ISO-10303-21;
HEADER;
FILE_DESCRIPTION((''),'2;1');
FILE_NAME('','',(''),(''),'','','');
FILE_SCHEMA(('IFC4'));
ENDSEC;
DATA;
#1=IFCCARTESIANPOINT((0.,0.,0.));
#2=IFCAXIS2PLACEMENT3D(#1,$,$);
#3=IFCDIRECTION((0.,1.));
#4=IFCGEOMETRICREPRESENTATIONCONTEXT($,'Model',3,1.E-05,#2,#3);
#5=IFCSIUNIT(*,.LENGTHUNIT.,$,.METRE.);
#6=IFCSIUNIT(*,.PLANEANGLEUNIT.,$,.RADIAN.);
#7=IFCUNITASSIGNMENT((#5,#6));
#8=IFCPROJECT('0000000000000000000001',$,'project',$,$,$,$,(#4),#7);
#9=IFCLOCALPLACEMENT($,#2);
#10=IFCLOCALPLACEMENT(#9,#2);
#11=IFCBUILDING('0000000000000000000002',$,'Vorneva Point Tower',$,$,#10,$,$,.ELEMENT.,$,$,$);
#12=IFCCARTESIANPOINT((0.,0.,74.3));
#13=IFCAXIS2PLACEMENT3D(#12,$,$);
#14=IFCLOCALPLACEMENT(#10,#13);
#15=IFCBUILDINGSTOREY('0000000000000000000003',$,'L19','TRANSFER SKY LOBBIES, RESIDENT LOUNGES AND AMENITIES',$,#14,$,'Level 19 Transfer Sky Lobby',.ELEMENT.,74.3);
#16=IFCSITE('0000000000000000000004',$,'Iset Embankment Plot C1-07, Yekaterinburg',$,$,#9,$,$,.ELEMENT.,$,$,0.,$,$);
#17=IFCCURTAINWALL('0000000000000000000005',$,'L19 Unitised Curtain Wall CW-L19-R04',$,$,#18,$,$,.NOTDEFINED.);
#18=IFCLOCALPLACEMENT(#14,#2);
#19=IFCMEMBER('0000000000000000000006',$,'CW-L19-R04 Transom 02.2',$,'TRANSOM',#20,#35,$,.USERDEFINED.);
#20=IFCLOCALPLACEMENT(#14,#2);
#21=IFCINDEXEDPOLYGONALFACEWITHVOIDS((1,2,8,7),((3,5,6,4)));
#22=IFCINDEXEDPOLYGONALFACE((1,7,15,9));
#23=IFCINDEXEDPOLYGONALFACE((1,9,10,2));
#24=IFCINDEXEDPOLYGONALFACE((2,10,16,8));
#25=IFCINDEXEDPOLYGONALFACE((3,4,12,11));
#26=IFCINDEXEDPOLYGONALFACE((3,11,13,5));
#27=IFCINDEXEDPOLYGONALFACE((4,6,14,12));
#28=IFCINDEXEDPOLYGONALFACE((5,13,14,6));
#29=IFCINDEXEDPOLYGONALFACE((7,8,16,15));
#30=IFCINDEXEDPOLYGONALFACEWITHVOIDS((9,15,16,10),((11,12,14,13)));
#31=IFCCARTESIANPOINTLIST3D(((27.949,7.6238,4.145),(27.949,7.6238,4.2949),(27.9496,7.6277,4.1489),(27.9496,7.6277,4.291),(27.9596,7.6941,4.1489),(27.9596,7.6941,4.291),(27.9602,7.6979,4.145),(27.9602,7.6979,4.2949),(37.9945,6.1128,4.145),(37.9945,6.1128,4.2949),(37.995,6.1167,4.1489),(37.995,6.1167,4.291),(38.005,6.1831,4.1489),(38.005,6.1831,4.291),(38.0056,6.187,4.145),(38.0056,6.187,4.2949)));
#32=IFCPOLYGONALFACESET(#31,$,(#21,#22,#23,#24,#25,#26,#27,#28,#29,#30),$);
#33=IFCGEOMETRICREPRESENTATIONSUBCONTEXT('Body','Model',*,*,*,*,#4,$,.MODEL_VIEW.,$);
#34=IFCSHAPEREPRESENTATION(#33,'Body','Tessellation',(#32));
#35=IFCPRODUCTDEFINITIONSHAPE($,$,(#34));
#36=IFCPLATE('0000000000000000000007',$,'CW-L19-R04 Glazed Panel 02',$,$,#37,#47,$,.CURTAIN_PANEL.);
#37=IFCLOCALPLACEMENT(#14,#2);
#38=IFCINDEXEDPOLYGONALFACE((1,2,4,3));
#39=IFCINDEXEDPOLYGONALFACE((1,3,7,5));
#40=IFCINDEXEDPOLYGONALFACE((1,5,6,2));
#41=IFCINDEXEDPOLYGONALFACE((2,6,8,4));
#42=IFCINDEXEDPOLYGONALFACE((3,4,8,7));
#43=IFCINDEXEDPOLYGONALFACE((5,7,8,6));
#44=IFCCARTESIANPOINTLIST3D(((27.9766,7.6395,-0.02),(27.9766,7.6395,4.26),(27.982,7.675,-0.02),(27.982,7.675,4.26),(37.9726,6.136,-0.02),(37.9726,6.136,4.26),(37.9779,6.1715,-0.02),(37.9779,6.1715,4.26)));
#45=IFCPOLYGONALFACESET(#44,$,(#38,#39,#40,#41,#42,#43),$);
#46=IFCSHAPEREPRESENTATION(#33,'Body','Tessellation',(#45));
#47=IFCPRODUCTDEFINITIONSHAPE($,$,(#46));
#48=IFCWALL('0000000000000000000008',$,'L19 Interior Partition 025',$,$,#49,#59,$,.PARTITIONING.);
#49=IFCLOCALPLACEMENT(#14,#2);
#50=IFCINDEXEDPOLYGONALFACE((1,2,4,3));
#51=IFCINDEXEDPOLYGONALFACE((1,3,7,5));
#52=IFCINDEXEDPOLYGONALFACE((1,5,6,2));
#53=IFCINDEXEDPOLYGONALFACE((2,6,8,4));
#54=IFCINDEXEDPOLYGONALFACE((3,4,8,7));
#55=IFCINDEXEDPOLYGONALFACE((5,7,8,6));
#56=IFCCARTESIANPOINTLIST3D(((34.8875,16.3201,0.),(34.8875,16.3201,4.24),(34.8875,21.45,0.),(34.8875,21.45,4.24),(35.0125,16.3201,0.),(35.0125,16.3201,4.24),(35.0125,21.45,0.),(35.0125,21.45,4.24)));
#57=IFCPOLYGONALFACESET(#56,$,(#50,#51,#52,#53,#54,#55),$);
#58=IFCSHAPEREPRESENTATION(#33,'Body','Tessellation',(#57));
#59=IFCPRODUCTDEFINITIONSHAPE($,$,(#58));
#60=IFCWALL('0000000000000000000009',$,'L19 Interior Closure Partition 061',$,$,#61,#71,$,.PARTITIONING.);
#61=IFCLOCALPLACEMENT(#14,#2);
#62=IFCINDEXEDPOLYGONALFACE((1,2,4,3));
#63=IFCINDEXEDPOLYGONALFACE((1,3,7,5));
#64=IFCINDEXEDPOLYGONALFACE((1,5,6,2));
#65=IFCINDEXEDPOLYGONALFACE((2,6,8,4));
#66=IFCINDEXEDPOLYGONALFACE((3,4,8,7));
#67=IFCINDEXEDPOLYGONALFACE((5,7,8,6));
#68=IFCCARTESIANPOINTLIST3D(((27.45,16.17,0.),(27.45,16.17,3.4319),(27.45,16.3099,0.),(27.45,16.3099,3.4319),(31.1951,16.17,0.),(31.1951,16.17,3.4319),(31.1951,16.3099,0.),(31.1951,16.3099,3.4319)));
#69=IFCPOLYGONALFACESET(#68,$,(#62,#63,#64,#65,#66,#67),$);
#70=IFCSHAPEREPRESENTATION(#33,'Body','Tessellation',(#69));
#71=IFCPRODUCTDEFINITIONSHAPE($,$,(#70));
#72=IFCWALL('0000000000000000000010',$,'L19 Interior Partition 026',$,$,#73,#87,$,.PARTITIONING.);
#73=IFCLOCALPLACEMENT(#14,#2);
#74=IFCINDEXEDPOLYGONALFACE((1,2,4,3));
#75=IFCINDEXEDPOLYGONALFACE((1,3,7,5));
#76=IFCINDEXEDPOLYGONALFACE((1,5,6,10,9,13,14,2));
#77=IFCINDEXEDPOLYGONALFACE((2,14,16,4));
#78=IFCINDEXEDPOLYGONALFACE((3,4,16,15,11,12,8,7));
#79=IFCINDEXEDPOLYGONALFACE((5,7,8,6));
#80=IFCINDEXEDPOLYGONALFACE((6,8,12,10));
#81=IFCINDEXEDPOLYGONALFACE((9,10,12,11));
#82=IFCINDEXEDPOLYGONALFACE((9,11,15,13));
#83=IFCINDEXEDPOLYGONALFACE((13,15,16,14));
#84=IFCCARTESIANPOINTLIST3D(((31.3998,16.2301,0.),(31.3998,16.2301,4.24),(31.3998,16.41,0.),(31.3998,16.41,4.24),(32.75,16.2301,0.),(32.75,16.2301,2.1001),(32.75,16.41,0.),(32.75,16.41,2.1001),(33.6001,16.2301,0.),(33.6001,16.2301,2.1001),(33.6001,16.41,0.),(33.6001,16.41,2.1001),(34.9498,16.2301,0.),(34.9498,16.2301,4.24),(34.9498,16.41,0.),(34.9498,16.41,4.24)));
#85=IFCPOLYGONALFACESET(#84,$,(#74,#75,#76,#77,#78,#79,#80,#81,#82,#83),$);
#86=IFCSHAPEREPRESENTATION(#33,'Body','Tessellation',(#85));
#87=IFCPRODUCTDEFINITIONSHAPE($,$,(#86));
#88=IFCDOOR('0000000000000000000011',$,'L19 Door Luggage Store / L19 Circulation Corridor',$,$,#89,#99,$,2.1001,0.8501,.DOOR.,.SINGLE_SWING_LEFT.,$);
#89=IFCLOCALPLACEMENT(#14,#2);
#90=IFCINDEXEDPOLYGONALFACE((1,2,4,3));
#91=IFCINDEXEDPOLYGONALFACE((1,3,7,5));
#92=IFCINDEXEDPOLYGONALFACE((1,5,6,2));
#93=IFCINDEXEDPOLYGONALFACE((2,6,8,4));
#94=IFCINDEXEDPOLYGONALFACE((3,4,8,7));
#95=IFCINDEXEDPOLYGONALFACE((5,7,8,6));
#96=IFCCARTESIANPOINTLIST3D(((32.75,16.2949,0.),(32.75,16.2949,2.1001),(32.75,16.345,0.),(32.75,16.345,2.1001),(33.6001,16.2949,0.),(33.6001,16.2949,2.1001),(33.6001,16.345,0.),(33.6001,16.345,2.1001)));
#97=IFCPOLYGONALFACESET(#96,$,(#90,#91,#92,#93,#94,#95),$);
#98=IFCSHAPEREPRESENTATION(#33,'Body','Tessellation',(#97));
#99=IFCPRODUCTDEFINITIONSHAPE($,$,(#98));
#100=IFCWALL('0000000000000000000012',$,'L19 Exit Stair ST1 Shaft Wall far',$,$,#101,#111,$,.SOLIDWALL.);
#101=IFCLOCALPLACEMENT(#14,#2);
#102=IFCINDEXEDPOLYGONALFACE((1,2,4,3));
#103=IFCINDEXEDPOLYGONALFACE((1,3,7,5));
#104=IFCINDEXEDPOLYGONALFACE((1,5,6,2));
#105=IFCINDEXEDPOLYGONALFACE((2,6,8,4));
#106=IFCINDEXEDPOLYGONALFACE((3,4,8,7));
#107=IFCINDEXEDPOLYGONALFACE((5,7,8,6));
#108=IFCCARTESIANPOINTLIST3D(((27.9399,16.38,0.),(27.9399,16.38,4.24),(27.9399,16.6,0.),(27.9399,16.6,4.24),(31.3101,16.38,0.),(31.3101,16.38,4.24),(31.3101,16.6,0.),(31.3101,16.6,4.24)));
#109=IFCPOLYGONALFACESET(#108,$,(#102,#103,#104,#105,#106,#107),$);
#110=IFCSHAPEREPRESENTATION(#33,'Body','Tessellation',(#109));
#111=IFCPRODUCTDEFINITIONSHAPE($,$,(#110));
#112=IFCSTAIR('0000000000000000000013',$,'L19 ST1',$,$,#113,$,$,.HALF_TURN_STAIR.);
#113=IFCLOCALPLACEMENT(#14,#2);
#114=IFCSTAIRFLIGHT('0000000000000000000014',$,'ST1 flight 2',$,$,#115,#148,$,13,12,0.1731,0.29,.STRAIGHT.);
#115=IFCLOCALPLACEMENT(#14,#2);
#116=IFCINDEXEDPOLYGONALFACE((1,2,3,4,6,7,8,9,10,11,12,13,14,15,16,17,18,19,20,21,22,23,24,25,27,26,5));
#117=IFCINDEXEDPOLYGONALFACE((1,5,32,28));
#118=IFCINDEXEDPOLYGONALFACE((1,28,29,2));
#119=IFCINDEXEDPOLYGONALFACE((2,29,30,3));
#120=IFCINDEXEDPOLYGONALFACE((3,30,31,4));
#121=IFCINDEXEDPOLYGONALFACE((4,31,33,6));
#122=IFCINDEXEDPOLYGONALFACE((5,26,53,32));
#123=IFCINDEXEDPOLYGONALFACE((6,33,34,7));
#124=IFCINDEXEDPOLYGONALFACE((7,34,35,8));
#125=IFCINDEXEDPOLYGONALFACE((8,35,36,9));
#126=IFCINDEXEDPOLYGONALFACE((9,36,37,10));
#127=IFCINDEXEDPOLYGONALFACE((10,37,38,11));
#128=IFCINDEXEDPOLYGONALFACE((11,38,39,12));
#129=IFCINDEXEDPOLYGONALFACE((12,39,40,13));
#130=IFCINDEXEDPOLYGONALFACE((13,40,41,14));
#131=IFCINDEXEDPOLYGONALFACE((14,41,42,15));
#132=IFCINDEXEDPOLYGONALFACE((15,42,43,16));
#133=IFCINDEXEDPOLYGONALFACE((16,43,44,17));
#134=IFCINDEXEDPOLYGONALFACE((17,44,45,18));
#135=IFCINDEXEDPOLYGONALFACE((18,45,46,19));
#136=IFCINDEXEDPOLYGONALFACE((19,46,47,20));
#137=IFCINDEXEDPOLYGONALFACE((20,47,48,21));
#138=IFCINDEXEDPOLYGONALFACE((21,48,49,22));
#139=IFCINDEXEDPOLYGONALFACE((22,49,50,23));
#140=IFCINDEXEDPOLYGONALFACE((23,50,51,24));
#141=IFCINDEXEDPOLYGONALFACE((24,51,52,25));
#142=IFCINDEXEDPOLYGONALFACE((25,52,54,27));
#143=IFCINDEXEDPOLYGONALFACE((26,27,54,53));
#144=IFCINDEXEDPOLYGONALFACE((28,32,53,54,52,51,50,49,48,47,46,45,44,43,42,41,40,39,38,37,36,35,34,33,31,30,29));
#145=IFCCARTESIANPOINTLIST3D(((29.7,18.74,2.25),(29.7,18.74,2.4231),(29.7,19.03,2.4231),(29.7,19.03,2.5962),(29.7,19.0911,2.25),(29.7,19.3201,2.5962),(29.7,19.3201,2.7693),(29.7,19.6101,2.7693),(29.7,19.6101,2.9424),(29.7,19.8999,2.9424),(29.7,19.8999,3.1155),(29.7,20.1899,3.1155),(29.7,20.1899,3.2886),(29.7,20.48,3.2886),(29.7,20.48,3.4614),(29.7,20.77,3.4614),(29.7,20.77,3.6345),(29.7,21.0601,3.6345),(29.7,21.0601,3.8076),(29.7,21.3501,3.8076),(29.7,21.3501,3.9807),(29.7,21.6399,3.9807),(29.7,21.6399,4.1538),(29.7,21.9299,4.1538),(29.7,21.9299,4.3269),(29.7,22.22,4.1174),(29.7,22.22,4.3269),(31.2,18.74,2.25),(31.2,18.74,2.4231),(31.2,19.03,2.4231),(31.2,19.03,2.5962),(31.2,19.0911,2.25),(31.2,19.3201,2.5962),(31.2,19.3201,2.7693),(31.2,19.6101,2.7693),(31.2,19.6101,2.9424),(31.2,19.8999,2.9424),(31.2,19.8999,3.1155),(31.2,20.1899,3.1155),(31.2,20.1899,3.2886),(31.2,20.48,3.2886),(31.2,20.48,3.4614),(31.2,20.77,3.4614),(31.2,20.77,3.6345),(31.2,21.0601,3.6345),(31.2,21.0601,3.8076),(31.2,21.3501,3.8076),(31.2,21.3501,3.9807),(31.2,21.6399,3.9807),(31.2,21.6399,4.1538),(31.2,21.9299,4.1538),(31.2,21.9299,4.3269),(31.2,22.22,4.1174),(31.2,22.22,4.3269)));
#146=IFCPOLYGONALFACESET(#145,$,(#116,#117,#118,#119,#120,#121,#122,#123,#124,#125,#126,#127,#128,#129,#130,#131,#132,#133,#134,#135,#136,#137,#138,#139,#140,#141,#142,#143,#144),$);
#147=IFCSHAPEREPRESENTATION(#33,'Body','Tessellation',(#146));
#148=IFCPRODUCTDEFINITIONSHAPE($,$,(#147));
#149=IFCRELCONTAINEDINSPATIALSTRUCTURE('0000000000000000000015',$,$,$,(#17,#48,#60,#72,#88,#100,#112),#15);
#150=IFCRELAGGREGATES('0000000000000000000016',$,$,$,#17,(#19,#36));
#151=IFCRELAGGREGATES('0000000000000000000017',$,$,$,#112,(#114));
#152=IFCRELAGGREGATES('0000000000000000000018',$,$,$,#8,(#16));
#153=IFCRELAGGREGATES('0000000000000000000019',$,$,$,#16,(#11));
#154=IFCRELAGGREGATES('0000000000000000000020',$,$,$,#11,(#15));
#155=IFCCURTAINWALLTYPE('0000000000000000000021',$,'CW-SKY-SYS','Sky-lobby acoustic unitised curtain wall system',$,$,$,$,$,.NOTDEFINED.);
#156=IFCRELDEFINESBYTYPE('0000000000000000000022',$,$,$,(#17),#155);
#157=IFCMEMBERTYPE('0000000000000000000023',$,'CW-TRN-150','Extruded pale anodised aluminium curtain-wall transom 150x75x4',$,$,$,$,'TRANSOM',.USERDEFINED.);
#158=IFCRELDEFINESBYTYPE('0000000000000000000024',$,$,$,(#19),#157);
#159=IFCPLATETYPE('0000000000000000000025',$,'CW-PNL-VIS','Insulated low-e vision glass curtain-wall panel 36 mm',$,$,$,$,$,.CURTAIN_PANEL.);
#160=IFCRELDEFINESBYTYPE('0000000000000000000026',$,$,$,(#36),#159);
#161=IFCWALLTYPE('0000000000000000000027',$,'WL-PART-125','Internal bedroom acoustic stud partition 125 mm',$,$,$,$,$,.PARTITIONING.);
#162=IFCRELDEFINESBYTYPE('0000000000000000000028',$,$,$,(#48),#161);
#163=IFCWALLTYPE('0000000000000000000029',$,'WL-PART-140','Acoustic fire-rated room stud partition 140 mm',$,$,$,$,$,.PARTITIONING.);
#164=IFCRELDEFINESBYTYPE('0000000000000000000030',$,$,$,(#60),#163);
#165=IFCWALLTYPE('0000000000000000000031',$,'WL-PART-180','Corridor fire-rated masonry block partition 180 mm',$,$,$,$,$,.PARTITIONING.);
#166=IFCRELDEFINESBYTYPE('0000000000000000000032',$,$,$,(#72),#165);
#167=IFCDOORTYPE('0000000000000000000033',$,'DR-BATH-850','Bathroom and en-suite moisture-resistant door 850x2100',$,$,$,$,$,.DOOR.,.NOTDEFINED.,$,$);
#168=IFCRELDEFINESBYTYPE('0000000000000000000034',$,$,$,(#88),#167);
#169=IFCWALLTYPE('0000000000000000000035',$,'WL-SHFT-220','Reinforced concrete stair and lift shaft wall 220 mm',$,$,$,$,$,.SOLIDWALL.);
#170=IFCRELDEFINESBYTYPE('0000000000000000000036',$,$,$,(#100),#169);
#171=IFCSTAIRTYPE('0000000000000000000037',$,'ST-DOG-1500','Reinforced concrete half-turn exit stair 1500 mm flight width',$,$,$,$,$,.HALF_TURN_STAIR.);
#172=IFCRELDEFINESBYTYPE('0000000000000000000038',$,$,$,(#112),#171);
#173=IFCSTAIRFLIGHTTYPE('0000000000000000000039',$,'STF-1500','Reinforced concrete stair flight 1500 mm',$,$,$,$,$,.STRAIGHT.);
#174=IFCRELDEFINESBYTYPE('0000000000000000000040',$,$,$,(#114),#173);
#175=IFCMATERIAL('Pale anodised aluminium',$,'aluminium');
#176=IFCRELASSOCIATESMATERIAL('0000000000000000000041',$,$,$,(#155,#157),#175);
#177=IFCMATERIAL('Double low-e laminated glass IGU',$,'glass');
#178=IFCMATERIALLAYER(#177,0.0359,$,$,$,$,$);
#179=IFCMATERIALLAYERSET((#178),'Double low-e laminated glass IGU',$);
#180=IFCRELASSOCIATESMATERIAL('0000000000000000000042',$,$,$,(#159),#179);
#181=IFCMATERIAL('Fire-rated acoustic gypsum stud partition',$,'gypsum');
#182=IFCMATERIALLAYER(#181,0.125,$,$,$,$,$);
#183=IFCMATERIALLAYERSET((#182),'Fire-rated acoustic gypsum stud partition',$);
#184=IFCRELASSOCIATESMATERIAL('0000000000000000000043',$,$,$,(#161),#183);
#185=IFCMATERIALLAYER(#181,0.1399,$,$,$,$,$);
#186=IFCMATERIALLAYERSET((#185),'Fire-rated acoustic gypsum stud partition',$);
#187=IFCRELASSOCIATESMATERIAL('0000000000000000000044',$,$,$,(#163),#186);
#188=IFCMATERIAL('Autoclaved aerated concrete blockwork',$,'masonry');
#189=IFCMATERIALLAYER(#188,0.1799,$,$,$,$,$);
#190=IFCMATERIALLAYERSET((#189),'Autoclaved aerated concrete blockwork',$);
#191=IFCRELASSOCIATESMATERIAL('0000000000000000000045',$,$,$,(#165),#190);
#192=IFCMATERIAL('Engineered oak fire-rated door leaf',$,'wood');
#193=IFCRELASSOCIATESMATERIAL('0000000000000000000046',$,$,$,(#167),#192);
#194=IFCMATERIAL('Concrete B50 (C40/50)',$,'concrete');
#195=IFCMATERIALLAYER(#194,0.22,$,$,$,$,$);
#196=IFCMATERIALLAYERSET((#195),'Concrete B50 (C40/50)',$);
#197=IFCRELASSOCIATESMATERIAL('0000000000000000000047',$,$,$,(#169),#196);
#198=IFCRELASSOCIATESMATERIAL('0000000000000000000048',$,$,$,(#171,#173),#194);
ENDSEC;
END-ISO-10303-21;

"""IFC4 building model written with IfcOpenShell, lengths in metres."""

from ifc_helpers import new_model, si_unit, direction, frame, frame_2d, origin, origin_2d, place, context, subcontext, project, spatial, polyline, rectangle, hollow_rectangle, outline, extrude, material, layer, layer_set, material_profile, profile_set, type_object, element, fill, aggregate, save


model = new_model("IFC4")

# Units and contexts
model_context = context("Model", 3, precision=1e-05, world=origin(), true_north=direction((0.0, 1.0)))
body_context = subcontext(model_context, "Body", "Model", "MODEL_VIEW")
ifc_project = project(units=[si_unit("LENGTHUNIT", "METRE"), si_unit("PLANEANGLEUNIT", "RADIAN")], contexts=[model_context])

# Site, building, storey
site_placement = place(None, origin())
site = spatial("IfcSite", under=ifc_project, at=site_placement, Name="Iset Embankment Plot C1-07, Yekaterinburg", CompositionType="ELEMENT", RefElevation=0.0)
building_placement = place(site_placement, origin())
building = spatial("IfcBuilding", under=site, at=building_placement, Name="Vorneva Point Tower", CompositionType="ELEMENT")
storey_placement = place(building_placement, frame((0.0, 0.0, 74.3)))
storey = spatial("IfcBuildingStorey", under=building, at=storey_placement, Name="L19", Description="TRANSFER SKY LOBBIES, RESIDENT LOUNGES AND AMENITIES", LongName="Level 19 Transfer Sky Lobby", CompositionType="ELEMENT", Elevation=74.3)

# Curtain wall, member, plate
ifc_material_1 = material(Name="Pale anodised aluminium", Category="aluminium")
curtain_wall_type = type_object("IfcCurtainWallType", Name="CW-SKY-SYS", Description="Sky-lobby acoustic unitised curtain wall system", PredefinedType="NOTDEFINED", material=ifc_material_1)
curtain_wall_placement = place(storey_placement, origin())
curtain_wall = element("IfcCurtainWall", 1, at=curtain_wall_placement, inside=storey, type_object=curtain_wall_type, Name="L19 Unitised Curtain Wall CW-L19-R04", PredefinedType="NOTDEFINED")
ifc_material_profile_1 = material_profile(ifc_material_1, hollow_rectangle(XDim=0.075, YDim=0.1499, WallThickness=0.0039, at=origin_2d()), Name="AL-TRN 150x75x4")
ifc_profile_set_1 = profile_set([ifc_material_profile_1], Name="Pale anodised aluminium")
member_type_1 = type_object("IfcMemberType", Name="CW-TRN-150", Description="Extruded pale anodised aluminium curtain-wall transom 150x75x4", ElementType="TRANSOM", PredefinedType="USERDEFINED", material=ifc_profile_set_1)
member_1_placement = place(storey_placement, frame((27.9546, 7.6609, 4.22), z_axis=(0.988876, -0.148742, 0.0), x_axis=(0.148742, 0.988876, 0.0)))
member_1 = element("IfcMember", 2, at=member_1_placement, type_object=member_type_1, Name="CW-L19-R04 Transom 02.2", ObjectType="TRANSOM", PredefinedType="USERDEFINED", context=body_context, shape_type="SweptSolid", body=[
    extrude(hollow_rectangle(XDim=0.075, YDim=0.1499, WallThickness=0.0039, at=origin_2d()), origin(), (0.0, 0.0, 1.0), 10.1584),
])
ifc_material_2 = material(Name="Double low-e laminated glass IGU", Category="glass")
ifc_layer_1 = layer(ifc_material_2, 0.0359)
ifc_layer_set_1 = layer_set([ifc_layer_1], Name="Double low-e laminated glass IGU")
plate_type = type_object("IfcPlateType", Name="CW-PNL-VIS", Description="Insulated low-e vision glass curtain-wall panel 36 mm", PredefinedType="CURTAIN_PANEL", material=ifc_layer_set_1)
plate_placement = place(storey_placement, frame((32.9773, 6.9055, -0.02), z_axis=(0.0, 0.0, 1.0), x_axis=(0.988876, -0.148741, 0.0)))
plate = element("IfcPlate", 3, at=plate_placement, type_object=plate_type, Name="CW-L19-R04 Glazed Panel 02", PredefinedType="CURTAIN_PANEL", context=body_context, shape_type="SweptSolid", body=[
    extrude(rectangle(XDim=10.1084, YDim=0.0359, at=origin_2d()), origin(), (0.0, 0.0, 1.0), 4.28),
])
aggregate(curtain_wall, [member_1, plate])

# Walls
ifc_material_3 = material(Name="Fire-rated acoustic gypsum stud partition", Category="gypsum")
ifc_layer_2 = layer(ifc_material_3, 0.125)
ifc_layer_set_2 = layer_set([ifc_layer_2], Name="Fire-rated acoustic gypsum stud partition")
wall_type_1 = type_object("IfcWallType", Name="WL-PART-125", Description="Internal bedroom acoustic stud partition 125 mm", PredefinedType="PARTITIONING", material=ifc_layer_set_2)
wall_1_placement = place(storey_placement, frame((34.95, 16.3201, 0.0), z_axis=(0.0, 0.0, 1.0), x_axis=(0.0, 1.0, 0.0)))
element("IfcWall", 4, at=wall_1_placement, inside=storey, type_object=wall_type_1, Name="L19 Interior Partition 025", PredefinedType="PARTITIONING", context=body_context, shape_type="SweptSolid", body=[
    extrude(rectangle(XDim=5.1299, YDim=0.125, at=frame_2d((2.5649, 0.0))), origin(), (0.0, 0.0, 1.0), 4.24),
])
ifc_layer_3 = layer(ifc_material_3, 0.1399)
ifc_layer_set_3 = layer_set([ifc_layer_3], Name="Fire-rated acoustic gypsum stud partition")
wall_type_2 = type_object("IfcWallType", Name="WL-PART-140", Description="Acoustic fire-rated room stud partition 140 mm", PredefinedType="PARTITIONING", material=ifc_layer_set_3)
wall_2_placement = place(storey_placement, frame((31.1951, 16.24, 0.0), z_axis=(0.0, 0.0, 1.0), x_axis=(-1.0, 0.0, 0.0)))
element("IfcWall", 5, at=wall_2_placement, inside=storey, type_object=wall_type_2, Name="L19 Interior Closure Partition 061", PredefinedType="PARTITIONING", context=body_context, shape_type="SweptSolid", body=[
    extrude(rectangle(XDim=3.7451, YDim=0.1399, at=frame_2d((1.8726, 0.0))), origin(), (0.0, 0.0, 1.0), 3.4319),
])

# Wall, opening, door
ifc_material_4 = material(Name="Autoclaved aerated concrete blockwork", Category="masonry")
ifc_layer_4 = layer(ifc_material_4, 0.1799)
ifc_layer_set_4 = layer_set([ifc_layer_4], Name="Autoclaved aerated concrete blockwork")
wall_type_3 = type_object("IfcWallType", Name="WL-PART-180", Description="Corridor fire-rated masonry block partition 180 mm", PredefinedType="PARTITIONING", material=ifc_layer_set_4)
wall_3_placement = place(storey_placement, frame((31.3999, 16.3201, 0.0), z_axis=(0.0, 0.0, 1.0), x_axis=(1.0, 0.0, 0.0)))
wall_3 = element("IfcWall", 6, at=wall_3_placement, inside=storey, type_object=wall_type_3, Name="L19 Interior Partition 026", PredefinedType="PARTITIONING", context=body_context, shape_type="SweptSolid", body=[
    extrude(rectangle(XDim=3.55, YDim=0.1799, at=frame_2d((1.7749, 0.0))), origin(), (0.0, 0.0, 1.0), 4.24),
])
opening_1_placement = place(wall_3_placement, frame((1.3501, 0.0, 0.0)))
opening_1 = element("IfcOpeningElement", 7, at=opening_1_placement, cuts=wall_3, PredefinedType="OPENING", context=body_context, shape_type="SweptSolid", body=[
    extrude(rectangle(XDim=0.8501, YDim=2.1001, at=frame_2d((0.425, 1.05))), frame((0.0, 0.105, 0.0), z_axis=(0.0, -1.0, 0.0), x_axis=(1.0, 0.0, 0.0)), (0.0, 0.0, 1.0), 0.2097),
])
ifc_material_5 = material(Name="Engineered oak fire-rated door leaf", Category="wood")
door_type_1 = type_object("IfcDoorType", Name="DR-BATH-850", Description="Bathroom and en-suite moisture-resistant door 850x2100", OperationType="NOTDEFINED", PredefinedType="DOOR", material=ifc_material_5)
door_1_placement = place(opening_1_placement, origin())
door_1 = element("IfcDoor", 8, at=door_1_placement, inside=storey, type_object=door_type_1, Name="L19 Door Luggage Store / L19 Circulation Corridor", OperationType="SINGLE_SWING_LEFT", OverallHeight=2.1001, OverallWidth=0.8501, PredefinedType="DOOR", context=body_context, shape_type="SweptSolid", body=[
    extrude(rectangle(XDim=0.8501, YDim=2.1001, at=frame_2d((0.425, 1.05))), frame((0.0, 0.0249, 0.0), z_axis=(0.0, -1.0, 0.0), x_axis=(1.0, 0.0, 0.0)), (0.0, 0.0, 1.0), 0.05),
])
fill(opening_1, door_1)

# Wall
ifc_material_6 = material(Name="Concrete B50 (C40/50)", Category="concrete")
ifc_layer_5 = layer(ifc_material_6, 0.22)
ifc_layer_set_5 = layer_set([ifc_layer_5], Name="Concrete B50 (C40/50)")
wall_type_4 = type_object("IfcWallType", Name="WL-SHFT-220", Description="Reinforced concrete stair and lift shaft wall 220 mm", PredefinedType="SOLIDWALL", material=ifc_layer_set_5)
wall_4_placement = place(storey_placement, frame((31.3101, 16.49, 0.0), z_axis=(0.0, 0.0, 1.0), x_axis=(-1.0, 0.0, 0.0)))
element("IfcWall", 9, at=wall_4_placement, inside=storey, type_object=wall_type_4, Name="L19 Exit Stair ST1 Shaft Wall far", PredefinedType="SOLIDWALL", context=body_context, shape_type="SweptSolid", body=[
    extrude(rectangle(XDim=3.3701, YDim=0.22, at=frame_2d((1.6851, 0.0))), origin(), (0.0, 0.0, 1.0), 4.24),
])

# Stair, stair flight
stair_type = type_object("IfcStairType", Name="ST-DOG-1500", Description="Reinforced concrete half-turn exit stair 1500 mm flight width", PredefinedType="HALF_TURN_STAIR", material=ifc_material_6)
stair_placement = place(storey_placement, origin())
stair = element("IfcStair", 10, at=stair_placement, inside=storey, type_object=stair_type, Name="L19 ST1", PredefinedType="HALF_TURN_STAIR")
stair_flight_type = type_object("IfcStairFlightType", Name="STF-1500", Description="Reinforced concrete stair flight 1500 mm", PredefinedType="STRAIGHT", material=ifc_material_6)
stair_flight_placement = place(storey_placement, frame((30.45, 18.74, 2.25), z_axis=(0.0, 0.0, 1.0), x_axis=(0.0, 1.0, 0.0)))
stair_flight = element("IfcStairFlight", 11, at=stair_flight_placement, type_object=stair_flight_type, Name="ST1 flight 2", NumberOfRisers=13, NumberOfTreads=12, PredefinedType="STRAIGHT", RiserHeight=0.1731, TreadLength=0.29, context=body_context, shape_type="SweptSolid", body=[
    extrude(outline(polyline([(0.0, 0.0), (0.0, 0.1731), (0.29, 0.1731), (0.29, 0.3462), (0.5801, 0.3462), (0.5801, 0.5193), (0.8701, 0.5193), (0.8701, 0.6924), (1.1599, 0.6924), (1.1599, 0.8655), (1.45, 0.8655), (1.45, 1.0386), (1.74, 1.0386), (1.74, 1.2114), (2.03, 1.2114), (2.03, 1.3845), (2.3201, 1.3845), (2.3201, 1.5576), (2.6101, 1.5576), (2.6101, 1.7307), (2.8999, 1.7307), (2.8999, 1.9038), (3.1899, 1.9038), (3.1899, 2.0769), (3.48, 2.0769), (3.48, 2.25), (3.48, 1.8674), (0.3511, 0.0), (0.0, 0.0)])), frame((0.0, 0.75, 0.0), z_axis=(0.0, -1.0, 0.0), x_axis=(1.0, 0.0, 0.0)), (0.0, 0.0, 1.0), 1.5),
])
aggregate(stair, [stair_flight])

save(model, "model.ifc")
